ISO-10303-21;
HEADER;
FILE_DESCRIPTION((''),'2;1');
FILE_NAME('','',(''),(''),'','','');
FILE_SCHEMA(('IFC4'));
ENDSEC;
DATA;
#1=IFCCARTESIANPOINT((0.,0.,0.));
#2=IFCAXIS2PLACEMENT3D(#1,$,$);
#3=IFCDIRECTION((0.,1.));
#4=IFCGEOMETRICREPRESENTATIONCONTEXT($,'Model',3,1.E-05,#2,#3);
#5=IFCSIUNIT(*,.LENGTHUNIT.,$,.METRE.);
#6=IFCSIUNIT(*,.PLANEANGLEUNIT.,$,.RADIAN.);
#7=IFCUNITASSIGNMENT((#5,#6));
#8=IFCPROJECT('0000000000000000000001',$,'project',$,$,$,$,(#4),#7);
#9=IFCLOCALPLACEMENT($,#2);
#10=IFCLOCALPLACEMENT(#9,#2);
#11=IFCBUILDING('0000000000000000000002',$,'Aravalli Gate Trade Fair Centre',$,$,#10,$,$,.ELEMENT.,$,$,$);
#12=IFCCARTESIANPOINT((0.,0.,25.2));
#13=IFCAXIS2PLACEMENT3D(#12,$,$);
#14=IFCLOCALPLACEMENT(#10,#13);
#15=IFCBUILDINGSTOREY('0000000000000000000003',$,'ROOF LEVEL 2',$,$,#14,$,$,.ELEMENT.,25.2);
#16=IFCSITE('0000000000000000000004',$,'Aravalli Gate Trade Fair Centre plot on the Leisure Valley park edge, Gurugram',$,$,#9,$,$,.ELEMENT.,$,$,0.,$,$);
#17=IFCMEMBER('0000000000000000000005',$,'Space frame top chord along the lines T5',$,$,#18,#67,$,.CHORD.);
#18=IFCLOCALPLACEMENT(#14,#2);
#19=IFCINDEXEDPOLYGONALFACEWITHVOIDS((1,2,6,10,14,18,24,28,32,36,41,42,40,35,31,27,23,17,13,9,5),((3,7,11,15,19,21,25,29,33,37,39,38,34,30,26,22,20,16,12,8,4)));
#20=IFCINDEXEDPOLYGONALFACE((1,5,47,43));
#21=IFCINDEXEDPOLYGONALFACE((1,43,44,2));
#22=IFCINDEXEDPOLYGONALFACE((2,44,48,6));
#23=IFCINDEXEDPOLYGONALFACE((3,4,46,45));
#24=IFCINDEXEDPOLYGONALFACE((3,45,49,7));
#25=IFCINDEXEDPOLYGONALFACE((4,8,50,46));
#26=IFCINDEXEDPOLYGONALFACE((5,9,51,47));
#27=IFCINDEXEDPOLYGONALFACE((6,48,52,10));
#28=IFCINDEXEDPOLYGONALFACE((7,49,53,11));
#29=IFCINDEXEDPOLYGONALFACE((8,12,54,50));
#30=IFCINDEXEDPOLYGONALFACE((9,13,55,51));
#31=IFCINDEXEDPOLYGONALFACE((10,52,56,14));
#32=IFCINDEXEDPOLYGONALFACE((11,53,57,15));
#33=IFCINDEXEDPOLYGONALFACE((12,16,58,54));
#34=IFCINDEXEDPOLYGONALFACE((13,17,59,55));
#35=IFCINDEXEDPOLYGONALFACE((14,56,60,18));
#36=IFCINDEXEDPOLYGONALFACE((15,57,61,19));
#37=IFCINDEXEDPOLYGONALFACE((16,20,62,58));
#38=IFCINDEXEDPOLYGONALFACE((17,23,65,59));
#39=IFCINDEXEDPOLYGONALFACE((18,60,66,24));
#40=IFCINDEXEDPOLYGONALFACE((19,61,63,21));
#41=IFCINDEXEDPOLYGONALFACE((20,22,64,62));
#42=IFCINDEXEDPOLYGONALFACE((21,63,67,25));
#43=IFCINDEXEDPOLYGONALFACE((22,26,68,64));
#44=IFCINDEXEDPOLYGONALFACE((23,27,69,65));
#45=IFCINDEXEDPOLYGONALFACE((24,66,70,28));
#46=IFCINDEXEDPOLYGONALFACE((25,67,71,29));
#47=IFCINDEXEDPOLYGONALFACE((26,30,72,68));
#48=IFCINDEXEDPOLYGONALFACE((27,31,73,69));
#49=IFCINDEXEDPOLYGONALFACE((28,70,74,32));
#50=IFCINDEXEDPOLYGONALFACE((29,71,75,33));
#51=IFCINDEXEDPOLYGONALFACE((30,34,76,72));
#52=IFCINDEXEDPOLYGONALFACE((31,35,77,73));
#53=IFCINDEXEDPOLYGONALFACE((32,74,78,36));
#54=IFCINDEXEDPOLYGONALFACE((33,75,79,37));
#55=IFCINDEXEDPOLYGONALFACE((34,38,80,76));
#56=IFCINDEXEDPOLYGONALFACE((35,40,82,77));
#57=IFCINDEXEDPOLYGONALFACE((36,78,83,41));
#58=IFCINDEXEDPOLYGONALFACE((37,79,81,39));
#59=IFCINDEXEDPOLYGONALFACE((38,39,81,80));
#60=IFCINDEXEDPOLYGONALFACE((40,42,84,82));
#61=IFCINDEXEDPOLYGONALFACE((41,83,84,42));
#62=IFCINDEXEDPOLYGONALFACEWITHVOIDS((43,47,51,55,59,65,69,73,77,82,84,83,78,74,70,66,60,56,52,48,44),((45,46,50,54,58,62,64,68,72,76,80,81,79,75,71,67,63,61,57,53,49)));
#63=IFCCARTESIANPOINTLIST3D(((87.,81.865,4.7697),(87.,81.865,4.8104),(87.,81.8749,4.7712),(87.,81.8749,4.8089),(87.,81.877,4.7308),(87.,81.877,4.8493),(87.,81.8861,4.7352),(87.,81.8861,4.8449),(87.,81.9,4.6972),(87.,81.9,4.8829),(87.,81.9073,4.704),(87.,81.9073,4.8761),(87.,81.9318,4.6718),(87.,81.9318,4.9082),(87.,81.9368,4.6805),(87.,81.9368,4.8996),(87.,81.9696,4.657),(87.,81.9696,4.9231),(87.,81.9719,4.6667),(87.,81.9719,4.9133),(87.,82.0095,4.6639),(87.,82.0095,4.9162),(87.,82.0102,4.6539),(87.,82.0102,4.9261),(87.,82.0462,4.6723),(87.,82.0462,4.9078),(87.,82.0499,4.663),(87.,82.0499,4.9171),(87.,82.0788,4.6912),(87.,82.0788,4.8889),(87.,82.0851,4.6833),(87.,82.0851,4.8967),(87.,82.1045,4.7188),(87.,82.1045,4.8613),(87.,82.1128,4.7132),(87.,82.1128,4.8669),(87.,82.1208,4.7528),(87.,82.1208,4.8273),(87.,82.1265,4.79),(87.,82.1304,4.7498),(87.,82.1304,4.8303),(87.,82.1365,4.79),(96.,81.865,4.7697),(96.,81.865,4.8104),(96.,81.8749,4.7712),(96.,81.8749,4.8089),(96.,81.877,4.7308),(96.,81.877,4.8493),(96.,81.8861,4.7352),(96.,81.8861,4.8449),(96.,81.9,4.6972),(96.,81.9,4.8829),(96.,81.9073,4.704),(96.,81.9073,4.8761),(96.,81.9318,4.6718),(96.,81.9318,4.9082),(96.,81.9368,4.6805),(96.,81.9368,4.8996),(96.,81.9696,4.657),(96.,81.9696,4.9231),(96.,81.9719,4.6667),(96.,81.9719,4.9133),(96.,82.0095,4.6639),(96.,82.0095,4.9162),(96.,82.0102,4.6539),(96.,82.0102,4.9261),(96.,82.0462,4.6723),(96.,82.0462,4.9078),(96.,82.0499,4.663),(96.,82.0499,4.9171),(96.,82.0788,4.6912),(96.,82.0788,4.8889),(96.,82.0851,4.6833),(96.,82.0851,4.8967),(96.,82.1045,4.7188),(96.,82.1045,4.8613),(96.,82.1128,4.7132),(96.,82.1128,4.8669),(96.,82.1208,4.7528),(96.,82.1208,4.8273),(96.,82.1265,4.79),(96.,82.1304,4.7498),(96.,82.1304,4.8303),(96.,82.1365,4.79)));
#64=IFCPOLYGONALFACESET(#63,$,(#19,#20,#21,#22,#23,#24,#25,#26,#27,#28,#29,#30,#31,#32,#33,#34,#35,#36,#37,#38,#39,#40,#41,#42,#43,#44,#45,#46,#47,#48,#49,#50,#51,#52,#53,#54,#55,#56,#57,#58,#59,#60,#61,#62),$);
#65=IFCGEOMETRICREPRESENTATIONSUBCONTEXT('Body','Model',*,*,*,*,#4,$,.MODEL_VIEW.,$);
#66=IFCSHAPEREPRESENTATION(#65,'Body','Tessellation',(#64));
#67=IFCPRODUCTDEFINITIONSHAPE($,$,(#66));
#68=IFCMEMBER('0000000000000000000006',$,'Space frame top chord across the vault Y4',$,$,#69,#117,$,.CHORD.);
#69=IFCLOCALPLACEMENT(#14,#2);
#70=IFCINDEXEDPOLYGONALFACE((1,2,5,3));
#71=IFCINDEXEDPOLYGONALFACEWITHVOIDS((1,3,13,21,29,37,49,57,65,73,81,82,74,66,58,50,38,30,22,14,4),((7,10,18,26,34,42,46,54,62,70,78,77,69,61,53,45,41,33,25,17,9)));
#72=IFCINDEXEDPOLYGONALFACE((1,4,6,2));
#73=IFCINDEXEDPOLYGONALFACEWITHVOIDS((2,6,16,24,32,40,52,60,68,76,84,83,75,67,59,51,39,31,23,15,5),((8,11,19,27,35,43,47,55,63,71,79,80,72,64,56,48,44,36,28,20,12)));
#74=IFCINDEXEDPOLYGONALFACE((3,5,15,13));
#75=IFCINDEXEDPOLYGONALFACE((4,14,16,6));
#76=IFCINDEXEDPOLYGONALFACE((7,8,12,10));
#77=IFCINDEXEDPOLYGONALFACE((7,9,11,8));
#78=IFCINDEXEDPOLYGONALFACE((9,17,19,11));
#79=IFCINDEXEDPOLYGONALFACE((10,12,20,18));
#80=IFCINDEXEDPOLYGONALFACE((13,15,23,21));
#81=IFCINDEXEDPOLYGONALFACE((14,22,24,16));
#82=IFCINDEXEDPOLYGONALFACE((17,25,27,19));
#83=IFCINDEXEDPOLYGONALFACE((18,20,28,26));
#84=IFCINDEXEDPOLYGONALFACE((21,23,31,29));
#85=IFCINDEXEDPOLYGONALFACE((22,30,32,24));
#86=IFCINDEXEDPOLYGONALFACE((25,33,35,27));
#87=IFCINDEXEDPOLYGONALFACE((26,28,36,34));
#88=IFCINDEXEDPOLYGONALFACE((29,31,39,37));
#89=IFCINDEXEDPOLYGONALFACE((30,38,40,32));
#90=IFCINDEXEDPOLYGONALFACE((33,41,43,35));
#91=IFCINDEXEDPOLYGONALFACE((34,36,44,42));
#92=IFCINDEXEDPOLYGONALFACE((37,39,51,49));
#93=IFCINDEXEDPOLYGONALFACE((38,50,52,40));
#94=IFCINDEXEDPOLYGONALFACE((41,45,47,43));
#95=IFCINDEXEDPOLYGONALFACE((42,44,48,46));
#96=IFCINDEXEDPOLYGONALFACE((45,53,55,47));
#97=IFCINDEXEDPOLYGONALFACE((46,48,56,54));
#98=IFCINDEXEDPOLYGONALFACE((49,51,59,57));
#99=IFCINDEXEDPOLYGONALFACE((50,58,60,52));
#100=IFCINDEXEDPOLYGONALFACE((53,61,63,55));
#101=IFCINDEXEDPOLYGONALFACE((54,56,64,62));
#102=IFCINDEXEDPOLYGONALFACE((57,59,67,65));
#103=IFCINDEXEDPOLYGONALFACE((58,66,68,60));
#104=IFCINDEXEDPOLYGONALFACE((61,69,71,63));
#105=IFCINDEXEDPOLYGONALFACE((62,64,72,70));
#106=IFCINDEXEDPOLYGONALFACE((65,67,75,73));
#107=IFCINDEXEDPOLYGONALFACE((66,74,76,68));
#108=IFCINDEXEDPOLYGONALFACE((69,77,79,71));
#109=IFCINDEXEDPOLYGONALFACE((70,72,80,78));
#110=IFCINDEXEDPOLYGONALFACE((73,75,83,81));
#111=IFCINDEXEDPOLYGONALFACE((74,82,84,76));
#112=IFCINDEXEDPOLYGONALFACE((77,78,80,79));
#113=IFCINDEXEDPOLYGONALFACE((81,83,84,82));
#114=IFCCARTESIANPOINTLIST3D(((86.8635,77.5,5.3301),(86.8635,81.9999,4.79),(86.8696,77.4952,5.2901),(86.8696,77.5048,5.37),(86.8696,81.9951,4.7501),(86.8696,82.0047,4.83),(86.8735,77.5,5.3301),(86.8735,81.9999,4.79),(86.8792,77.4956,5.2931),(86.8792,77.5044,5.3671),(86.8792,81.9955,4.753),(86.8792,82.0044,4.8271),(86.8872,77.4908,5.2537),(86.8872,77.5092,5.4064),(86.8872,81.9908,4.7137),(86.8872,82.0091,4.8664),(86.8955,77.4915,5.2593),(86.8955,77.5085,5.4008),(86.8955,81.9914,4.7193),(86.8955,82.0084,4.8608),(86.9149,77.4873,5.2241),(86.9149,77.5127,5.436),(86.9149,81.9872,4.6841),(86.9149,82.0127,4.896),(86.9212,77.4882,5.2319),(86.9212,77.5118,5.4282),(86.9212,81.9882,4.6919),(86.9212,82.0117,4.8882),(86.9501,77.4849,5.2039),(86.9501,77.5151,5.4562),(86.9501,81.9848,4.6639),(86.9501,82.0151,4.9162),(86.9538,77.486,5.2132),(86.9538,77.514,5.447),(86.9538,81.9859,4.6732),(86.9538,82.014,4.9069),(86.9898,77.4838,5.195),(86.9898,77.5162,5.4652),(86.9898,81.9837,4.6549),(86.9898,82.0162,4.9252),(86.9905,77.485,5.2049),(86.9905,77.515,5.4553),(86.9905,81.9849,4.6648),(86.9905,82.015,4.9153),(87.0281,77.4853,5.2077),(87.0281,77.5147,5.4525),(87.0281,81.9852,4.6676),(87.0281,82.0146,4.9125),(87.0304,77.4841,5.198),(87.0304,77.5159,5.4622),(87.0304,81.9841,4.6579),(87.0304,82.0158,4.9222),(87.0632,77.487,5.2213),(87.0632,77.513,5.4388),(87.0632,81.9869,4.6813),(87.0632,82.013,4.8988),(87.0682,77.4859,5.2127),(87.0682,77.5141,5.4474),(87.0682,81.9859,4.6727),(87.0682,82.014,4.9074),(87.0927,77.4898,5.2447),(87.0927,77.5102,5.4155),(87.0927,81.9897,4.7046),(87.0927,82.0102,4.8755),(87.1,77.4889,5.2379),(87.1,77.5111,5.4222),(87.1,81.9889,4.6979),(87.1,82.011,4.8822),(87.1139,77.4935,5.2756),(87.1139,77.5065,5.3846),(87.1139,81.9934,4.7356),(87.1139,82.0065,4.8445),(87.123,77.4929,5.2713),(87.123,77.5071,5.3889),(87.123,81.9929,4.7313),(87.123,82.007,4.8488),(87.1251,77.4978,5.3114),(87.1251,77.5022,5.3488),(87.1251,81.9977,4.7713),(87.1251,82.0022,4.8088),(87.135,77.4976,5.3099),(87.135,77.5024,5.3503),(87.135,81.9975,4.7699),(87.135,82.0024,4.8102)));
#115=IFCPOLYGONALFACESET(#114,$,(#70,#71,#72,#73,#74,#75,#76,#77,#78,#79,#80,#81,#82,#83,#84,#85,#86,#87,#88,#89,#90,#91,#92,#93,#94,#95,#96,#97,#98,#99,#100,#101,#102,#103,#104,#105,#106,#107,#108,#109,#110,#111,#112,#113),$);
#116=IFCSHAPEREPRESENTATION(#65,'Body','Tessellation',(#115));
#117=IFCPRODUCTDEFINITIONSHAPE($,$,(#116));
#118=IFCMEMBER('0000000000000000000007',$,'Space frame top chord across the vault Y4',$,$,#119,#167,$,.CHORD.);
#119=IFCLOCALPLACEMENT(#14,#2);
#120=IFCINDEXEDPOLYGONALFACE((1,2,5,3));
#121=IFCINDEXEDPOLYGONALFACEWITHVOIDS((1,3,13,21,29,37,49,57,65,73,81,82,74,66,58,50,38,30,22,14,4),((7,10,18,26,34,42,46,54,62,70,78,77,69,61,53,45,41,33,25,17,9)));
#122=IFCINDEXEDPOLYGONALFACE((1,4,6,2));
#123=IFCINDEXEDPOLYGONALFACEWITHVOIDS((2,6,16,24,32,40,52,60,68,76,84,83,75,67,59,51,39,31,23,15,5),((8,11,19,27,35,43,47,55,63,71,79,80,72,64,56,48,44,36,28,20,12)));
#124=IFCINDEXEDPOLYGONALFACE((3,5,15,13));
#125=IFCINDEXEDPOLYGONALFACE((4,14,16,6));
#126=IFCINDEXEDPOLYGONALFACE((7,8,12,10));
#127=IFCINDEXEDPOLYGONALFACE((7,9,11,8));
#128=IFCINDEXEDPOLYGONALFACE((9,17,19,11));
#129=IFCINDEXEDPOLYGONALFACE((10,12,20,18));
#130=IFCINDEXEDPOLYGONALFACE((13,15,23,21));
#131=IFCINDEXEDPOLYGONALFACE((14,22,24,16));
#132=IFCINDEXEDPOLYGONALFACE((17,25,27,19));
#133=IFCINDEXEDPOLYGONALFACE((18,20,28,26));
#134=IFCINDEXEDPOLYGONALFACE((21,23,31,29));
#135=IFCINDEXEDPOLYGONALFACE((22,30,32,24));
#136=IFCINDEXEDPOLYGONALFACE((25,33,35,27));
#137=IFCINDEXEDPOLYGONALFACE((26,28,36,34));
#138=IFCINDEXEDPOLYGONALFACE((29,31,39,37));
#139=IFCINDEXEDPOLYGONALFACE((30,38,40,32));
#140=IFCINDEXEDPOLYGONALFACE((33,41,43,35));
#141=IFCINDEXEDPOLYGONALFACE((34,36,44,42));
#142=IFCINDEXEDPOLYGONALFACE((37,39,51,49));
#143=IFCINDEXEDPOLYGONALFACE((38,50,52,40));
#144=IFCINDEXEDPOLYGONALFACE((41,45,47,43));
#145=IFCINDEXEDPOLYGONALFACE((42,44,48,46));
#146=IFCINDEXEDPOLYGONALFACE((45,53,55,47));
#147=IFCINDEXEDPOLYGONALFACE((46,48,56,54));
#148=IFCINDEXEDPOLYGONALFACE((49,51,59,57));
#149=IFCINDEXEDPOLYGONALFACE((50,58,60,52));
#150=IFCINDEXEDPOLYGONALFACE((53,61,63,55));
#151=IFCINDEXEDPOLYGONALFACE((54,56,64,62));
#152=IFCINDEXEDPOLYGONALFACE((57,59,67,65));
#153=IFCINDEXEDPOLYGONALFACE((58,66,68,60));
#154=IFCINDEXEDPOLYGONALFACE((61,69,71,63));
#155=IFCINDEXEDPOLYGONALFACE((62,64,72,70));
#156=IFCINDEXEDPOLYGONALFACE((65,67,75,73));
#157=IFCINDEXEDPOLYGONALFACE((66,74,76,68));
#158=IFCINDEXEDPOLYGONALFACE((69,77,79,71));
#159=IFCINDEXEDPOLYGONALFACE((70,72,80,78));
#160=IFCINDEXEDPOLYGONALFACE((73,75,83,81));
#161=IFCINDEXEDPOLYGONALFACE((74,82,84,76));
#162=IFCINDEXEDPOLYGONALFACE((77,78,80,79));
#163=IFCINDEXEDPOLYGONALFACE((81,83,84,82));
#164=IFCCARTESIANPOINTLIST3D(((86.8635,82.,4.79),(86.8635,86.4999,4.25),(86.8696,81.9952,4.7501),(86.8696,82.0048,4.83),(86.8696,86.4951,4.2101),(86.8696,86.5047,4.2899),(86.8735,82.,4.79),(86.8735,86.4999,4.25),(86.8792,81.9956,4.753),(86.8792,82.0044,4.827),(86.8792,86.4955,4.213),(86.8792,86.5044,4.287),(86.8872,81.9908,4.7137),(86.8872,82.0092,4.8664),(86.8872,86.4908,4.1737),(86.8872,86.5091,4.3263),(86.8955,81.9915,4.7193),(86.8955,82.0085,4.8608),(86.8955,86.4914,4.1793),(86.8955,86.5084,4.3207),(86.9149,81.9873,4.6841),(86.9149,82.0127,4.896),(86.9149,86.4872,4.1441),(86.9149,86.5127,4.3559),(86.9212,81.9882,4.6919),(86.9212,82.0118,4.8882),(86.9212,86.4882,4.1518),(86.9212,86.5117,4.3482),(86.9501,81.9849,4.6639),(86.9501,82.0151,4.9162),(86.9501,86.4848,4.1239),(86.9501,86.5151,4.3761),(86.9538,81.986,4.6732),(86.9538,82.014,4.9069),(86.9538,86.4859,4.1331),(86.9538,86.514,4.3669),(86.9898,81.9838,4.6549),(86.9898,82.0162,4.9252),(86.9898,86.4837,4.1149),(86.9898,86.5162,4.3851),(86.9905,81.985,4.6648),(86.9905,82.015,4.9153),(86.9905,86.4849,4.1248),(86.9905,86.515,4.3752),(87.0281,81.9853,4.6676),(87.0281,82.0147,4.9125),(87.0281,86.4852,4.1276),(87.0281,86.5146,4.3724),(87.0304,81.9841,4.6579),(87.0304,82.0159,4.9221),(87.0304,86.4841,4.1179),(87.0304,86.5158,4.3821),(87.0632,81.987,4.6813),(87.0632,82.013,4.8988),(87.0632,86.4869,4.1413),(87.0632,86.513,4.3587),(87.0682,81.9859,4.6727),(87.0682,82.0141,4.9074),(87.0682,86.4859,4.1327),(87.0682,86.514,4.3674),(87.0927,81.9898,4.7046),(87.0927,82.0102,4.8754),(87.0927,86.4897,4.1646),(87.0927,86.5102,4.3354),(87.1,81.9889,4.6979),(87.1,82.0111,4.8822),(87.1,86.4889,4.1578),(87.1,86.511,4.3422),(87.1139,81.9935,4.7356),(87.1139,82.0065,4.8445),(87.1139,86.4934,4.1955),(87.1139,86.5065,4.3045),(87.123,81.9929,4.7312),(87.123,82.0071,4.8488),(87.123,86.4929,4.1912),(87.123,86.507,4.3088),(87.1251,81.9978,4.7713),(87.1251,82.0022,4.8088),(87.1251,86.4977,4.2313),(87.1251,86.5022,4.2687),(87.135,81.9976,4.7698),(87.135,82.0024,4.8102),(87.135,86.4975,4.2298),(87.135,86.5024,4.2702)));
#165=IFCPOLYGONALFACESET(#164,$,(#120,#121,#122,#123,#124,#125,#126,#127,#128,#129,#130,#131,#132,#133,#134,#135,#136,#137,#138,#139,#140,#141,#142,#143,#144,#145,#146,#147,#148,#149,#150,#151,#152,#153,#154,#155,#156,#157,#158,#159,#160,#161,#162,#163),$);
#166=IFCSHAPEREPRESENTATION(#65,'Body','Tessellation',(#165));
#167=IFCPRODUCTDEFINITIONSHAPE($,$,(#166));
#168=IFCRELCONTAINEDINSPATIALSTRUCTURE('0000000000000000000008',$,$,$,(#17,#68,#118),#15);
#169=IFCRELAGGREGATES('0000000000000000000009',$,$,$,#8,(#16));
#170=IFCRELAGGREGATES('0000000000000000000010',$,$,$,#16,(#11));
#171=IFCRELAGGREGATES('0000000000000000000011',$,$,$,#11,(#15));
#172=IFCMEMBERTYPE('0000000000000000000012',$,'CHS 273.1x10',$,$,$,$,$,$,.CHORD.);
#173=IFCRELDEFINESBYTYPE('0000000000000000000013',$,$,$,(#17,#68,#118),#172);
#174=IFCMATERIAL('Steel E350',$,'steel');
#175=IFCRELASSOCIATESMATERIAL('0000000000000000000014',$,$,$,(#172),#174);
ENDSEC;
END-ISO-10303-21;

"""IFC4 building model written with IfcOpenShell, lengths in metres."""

from ifc_helpers import new_model, si_unit, direction, frame, origin, origin_2d, place, context, subcontext, project, spatial, hollow_circle, extrude, material, material_profile, profile_set, type_object, element, save


model = new_model("IFC4")

# Units and contexts
model_context = context("Model", 3, precision=1e-05, world=origin(), true_north=direction((0.0, 1.0)))
body_context = subcontext(model_context, "Body", "Model", "MODEL_VIEW")
ifc_project = project(units=[si_unit("LENGTHUNIT", "METRE"), si_unit("PLANEANGLEUNIT", "RADIAN")], contexts=[model_context])

# Site, building, storey
site_placement = place(None, origin())
site = spatial("IfcSite", under=ifc_project, at=site_placement, Name="Aravalli Gate Trade Fair Centre plot on the Leisure Valley park edge, Gurugram", CompositionType="ELEMENT", RefElevation=0.0)
building_placement = place(site_placement, origin())
building = spatial("IfcBuilding", under=site, at=building_placement, Name="Aravalli Gate Trade Fair Centre", CompositionType="ELEMENT")
storey_placement = place(building_placement, frame((0.0, 0.0, 25.2)))
storey = spatial("IfcBuildingStorey", under=building, at=storey_placement, Name="ROOF LEVEL 2", CompositionType="ELEMENT", Elevation=25.2)

# Members
ifc_material_1 = material(Name="Steel E350", Category="steel")
ifc_material_profile_1 = material_profile(ifc_material_1, hollow_circle(Radius=0.1365, WallThickness=0.01, at=origin_2d()), Name="CHS 273.1x10")
ifc_profile_set_1 = profile_set([ifc_material_profile_1], Name="Steel E350")
member_type_1 = type_object("IfcMemberType", Name="CHS 273.1x10", PredefinedType="CHORD", material=ifc_profile_set_1)
for number, where, z_axis, x_axis, name in (
    (1, (87.0, 82.0, 4.79), (1.0, 0.0, 0.0), (0.0, 1.0, 0.0), "Space frame top chord along the lines T5"),
):
    element("IfcMember", number, at=place(storey_placement, frame(where, z_axis=z_axis, x_axis=x_axis)), inside=storey, type_object=member_type_1, Name=name, PredefinedType="CHORD", context=body_context, shape_type="SweptSolid", body=[
        extrude(hollow_circle(Radius=0.1365, WallThickness=0.01, at=origin_2d()), origin(), (0.0, 0.0, 1.0), 9.0),
    ])
for number, where, z_axis, x_axis, name in (
    (2, (87.0, 77.5, 5.3301), (0.0, 0.992876, -0.119154), (-1.0, 0.0, 0.0), "Space frame top chord across the vault Y4"),
    (3, (87.0, 82.0, 4.79), (0.0, 0.992876, -0.119154), (-1.0, 0.0, 0.0), "Space frame top chord across the vault Y4"),
):
    element("IfcMember", number, at=place(storey_placement, frame(where, z_axis=z_axis, x_axis=x_axis)), inside=storey, type_object=member_type_1, Name=name, PredefinedType="CHORD", context=body_context, shape_type="SweptSolid", body=[
        extrude(hollow_circle(Radius=0.1365, WallThickness=0.01, at=origin_2d()), origin(), (0.0, 0.0, 1.0), 4.5322),
    ])

save(model, "model.ifc")
